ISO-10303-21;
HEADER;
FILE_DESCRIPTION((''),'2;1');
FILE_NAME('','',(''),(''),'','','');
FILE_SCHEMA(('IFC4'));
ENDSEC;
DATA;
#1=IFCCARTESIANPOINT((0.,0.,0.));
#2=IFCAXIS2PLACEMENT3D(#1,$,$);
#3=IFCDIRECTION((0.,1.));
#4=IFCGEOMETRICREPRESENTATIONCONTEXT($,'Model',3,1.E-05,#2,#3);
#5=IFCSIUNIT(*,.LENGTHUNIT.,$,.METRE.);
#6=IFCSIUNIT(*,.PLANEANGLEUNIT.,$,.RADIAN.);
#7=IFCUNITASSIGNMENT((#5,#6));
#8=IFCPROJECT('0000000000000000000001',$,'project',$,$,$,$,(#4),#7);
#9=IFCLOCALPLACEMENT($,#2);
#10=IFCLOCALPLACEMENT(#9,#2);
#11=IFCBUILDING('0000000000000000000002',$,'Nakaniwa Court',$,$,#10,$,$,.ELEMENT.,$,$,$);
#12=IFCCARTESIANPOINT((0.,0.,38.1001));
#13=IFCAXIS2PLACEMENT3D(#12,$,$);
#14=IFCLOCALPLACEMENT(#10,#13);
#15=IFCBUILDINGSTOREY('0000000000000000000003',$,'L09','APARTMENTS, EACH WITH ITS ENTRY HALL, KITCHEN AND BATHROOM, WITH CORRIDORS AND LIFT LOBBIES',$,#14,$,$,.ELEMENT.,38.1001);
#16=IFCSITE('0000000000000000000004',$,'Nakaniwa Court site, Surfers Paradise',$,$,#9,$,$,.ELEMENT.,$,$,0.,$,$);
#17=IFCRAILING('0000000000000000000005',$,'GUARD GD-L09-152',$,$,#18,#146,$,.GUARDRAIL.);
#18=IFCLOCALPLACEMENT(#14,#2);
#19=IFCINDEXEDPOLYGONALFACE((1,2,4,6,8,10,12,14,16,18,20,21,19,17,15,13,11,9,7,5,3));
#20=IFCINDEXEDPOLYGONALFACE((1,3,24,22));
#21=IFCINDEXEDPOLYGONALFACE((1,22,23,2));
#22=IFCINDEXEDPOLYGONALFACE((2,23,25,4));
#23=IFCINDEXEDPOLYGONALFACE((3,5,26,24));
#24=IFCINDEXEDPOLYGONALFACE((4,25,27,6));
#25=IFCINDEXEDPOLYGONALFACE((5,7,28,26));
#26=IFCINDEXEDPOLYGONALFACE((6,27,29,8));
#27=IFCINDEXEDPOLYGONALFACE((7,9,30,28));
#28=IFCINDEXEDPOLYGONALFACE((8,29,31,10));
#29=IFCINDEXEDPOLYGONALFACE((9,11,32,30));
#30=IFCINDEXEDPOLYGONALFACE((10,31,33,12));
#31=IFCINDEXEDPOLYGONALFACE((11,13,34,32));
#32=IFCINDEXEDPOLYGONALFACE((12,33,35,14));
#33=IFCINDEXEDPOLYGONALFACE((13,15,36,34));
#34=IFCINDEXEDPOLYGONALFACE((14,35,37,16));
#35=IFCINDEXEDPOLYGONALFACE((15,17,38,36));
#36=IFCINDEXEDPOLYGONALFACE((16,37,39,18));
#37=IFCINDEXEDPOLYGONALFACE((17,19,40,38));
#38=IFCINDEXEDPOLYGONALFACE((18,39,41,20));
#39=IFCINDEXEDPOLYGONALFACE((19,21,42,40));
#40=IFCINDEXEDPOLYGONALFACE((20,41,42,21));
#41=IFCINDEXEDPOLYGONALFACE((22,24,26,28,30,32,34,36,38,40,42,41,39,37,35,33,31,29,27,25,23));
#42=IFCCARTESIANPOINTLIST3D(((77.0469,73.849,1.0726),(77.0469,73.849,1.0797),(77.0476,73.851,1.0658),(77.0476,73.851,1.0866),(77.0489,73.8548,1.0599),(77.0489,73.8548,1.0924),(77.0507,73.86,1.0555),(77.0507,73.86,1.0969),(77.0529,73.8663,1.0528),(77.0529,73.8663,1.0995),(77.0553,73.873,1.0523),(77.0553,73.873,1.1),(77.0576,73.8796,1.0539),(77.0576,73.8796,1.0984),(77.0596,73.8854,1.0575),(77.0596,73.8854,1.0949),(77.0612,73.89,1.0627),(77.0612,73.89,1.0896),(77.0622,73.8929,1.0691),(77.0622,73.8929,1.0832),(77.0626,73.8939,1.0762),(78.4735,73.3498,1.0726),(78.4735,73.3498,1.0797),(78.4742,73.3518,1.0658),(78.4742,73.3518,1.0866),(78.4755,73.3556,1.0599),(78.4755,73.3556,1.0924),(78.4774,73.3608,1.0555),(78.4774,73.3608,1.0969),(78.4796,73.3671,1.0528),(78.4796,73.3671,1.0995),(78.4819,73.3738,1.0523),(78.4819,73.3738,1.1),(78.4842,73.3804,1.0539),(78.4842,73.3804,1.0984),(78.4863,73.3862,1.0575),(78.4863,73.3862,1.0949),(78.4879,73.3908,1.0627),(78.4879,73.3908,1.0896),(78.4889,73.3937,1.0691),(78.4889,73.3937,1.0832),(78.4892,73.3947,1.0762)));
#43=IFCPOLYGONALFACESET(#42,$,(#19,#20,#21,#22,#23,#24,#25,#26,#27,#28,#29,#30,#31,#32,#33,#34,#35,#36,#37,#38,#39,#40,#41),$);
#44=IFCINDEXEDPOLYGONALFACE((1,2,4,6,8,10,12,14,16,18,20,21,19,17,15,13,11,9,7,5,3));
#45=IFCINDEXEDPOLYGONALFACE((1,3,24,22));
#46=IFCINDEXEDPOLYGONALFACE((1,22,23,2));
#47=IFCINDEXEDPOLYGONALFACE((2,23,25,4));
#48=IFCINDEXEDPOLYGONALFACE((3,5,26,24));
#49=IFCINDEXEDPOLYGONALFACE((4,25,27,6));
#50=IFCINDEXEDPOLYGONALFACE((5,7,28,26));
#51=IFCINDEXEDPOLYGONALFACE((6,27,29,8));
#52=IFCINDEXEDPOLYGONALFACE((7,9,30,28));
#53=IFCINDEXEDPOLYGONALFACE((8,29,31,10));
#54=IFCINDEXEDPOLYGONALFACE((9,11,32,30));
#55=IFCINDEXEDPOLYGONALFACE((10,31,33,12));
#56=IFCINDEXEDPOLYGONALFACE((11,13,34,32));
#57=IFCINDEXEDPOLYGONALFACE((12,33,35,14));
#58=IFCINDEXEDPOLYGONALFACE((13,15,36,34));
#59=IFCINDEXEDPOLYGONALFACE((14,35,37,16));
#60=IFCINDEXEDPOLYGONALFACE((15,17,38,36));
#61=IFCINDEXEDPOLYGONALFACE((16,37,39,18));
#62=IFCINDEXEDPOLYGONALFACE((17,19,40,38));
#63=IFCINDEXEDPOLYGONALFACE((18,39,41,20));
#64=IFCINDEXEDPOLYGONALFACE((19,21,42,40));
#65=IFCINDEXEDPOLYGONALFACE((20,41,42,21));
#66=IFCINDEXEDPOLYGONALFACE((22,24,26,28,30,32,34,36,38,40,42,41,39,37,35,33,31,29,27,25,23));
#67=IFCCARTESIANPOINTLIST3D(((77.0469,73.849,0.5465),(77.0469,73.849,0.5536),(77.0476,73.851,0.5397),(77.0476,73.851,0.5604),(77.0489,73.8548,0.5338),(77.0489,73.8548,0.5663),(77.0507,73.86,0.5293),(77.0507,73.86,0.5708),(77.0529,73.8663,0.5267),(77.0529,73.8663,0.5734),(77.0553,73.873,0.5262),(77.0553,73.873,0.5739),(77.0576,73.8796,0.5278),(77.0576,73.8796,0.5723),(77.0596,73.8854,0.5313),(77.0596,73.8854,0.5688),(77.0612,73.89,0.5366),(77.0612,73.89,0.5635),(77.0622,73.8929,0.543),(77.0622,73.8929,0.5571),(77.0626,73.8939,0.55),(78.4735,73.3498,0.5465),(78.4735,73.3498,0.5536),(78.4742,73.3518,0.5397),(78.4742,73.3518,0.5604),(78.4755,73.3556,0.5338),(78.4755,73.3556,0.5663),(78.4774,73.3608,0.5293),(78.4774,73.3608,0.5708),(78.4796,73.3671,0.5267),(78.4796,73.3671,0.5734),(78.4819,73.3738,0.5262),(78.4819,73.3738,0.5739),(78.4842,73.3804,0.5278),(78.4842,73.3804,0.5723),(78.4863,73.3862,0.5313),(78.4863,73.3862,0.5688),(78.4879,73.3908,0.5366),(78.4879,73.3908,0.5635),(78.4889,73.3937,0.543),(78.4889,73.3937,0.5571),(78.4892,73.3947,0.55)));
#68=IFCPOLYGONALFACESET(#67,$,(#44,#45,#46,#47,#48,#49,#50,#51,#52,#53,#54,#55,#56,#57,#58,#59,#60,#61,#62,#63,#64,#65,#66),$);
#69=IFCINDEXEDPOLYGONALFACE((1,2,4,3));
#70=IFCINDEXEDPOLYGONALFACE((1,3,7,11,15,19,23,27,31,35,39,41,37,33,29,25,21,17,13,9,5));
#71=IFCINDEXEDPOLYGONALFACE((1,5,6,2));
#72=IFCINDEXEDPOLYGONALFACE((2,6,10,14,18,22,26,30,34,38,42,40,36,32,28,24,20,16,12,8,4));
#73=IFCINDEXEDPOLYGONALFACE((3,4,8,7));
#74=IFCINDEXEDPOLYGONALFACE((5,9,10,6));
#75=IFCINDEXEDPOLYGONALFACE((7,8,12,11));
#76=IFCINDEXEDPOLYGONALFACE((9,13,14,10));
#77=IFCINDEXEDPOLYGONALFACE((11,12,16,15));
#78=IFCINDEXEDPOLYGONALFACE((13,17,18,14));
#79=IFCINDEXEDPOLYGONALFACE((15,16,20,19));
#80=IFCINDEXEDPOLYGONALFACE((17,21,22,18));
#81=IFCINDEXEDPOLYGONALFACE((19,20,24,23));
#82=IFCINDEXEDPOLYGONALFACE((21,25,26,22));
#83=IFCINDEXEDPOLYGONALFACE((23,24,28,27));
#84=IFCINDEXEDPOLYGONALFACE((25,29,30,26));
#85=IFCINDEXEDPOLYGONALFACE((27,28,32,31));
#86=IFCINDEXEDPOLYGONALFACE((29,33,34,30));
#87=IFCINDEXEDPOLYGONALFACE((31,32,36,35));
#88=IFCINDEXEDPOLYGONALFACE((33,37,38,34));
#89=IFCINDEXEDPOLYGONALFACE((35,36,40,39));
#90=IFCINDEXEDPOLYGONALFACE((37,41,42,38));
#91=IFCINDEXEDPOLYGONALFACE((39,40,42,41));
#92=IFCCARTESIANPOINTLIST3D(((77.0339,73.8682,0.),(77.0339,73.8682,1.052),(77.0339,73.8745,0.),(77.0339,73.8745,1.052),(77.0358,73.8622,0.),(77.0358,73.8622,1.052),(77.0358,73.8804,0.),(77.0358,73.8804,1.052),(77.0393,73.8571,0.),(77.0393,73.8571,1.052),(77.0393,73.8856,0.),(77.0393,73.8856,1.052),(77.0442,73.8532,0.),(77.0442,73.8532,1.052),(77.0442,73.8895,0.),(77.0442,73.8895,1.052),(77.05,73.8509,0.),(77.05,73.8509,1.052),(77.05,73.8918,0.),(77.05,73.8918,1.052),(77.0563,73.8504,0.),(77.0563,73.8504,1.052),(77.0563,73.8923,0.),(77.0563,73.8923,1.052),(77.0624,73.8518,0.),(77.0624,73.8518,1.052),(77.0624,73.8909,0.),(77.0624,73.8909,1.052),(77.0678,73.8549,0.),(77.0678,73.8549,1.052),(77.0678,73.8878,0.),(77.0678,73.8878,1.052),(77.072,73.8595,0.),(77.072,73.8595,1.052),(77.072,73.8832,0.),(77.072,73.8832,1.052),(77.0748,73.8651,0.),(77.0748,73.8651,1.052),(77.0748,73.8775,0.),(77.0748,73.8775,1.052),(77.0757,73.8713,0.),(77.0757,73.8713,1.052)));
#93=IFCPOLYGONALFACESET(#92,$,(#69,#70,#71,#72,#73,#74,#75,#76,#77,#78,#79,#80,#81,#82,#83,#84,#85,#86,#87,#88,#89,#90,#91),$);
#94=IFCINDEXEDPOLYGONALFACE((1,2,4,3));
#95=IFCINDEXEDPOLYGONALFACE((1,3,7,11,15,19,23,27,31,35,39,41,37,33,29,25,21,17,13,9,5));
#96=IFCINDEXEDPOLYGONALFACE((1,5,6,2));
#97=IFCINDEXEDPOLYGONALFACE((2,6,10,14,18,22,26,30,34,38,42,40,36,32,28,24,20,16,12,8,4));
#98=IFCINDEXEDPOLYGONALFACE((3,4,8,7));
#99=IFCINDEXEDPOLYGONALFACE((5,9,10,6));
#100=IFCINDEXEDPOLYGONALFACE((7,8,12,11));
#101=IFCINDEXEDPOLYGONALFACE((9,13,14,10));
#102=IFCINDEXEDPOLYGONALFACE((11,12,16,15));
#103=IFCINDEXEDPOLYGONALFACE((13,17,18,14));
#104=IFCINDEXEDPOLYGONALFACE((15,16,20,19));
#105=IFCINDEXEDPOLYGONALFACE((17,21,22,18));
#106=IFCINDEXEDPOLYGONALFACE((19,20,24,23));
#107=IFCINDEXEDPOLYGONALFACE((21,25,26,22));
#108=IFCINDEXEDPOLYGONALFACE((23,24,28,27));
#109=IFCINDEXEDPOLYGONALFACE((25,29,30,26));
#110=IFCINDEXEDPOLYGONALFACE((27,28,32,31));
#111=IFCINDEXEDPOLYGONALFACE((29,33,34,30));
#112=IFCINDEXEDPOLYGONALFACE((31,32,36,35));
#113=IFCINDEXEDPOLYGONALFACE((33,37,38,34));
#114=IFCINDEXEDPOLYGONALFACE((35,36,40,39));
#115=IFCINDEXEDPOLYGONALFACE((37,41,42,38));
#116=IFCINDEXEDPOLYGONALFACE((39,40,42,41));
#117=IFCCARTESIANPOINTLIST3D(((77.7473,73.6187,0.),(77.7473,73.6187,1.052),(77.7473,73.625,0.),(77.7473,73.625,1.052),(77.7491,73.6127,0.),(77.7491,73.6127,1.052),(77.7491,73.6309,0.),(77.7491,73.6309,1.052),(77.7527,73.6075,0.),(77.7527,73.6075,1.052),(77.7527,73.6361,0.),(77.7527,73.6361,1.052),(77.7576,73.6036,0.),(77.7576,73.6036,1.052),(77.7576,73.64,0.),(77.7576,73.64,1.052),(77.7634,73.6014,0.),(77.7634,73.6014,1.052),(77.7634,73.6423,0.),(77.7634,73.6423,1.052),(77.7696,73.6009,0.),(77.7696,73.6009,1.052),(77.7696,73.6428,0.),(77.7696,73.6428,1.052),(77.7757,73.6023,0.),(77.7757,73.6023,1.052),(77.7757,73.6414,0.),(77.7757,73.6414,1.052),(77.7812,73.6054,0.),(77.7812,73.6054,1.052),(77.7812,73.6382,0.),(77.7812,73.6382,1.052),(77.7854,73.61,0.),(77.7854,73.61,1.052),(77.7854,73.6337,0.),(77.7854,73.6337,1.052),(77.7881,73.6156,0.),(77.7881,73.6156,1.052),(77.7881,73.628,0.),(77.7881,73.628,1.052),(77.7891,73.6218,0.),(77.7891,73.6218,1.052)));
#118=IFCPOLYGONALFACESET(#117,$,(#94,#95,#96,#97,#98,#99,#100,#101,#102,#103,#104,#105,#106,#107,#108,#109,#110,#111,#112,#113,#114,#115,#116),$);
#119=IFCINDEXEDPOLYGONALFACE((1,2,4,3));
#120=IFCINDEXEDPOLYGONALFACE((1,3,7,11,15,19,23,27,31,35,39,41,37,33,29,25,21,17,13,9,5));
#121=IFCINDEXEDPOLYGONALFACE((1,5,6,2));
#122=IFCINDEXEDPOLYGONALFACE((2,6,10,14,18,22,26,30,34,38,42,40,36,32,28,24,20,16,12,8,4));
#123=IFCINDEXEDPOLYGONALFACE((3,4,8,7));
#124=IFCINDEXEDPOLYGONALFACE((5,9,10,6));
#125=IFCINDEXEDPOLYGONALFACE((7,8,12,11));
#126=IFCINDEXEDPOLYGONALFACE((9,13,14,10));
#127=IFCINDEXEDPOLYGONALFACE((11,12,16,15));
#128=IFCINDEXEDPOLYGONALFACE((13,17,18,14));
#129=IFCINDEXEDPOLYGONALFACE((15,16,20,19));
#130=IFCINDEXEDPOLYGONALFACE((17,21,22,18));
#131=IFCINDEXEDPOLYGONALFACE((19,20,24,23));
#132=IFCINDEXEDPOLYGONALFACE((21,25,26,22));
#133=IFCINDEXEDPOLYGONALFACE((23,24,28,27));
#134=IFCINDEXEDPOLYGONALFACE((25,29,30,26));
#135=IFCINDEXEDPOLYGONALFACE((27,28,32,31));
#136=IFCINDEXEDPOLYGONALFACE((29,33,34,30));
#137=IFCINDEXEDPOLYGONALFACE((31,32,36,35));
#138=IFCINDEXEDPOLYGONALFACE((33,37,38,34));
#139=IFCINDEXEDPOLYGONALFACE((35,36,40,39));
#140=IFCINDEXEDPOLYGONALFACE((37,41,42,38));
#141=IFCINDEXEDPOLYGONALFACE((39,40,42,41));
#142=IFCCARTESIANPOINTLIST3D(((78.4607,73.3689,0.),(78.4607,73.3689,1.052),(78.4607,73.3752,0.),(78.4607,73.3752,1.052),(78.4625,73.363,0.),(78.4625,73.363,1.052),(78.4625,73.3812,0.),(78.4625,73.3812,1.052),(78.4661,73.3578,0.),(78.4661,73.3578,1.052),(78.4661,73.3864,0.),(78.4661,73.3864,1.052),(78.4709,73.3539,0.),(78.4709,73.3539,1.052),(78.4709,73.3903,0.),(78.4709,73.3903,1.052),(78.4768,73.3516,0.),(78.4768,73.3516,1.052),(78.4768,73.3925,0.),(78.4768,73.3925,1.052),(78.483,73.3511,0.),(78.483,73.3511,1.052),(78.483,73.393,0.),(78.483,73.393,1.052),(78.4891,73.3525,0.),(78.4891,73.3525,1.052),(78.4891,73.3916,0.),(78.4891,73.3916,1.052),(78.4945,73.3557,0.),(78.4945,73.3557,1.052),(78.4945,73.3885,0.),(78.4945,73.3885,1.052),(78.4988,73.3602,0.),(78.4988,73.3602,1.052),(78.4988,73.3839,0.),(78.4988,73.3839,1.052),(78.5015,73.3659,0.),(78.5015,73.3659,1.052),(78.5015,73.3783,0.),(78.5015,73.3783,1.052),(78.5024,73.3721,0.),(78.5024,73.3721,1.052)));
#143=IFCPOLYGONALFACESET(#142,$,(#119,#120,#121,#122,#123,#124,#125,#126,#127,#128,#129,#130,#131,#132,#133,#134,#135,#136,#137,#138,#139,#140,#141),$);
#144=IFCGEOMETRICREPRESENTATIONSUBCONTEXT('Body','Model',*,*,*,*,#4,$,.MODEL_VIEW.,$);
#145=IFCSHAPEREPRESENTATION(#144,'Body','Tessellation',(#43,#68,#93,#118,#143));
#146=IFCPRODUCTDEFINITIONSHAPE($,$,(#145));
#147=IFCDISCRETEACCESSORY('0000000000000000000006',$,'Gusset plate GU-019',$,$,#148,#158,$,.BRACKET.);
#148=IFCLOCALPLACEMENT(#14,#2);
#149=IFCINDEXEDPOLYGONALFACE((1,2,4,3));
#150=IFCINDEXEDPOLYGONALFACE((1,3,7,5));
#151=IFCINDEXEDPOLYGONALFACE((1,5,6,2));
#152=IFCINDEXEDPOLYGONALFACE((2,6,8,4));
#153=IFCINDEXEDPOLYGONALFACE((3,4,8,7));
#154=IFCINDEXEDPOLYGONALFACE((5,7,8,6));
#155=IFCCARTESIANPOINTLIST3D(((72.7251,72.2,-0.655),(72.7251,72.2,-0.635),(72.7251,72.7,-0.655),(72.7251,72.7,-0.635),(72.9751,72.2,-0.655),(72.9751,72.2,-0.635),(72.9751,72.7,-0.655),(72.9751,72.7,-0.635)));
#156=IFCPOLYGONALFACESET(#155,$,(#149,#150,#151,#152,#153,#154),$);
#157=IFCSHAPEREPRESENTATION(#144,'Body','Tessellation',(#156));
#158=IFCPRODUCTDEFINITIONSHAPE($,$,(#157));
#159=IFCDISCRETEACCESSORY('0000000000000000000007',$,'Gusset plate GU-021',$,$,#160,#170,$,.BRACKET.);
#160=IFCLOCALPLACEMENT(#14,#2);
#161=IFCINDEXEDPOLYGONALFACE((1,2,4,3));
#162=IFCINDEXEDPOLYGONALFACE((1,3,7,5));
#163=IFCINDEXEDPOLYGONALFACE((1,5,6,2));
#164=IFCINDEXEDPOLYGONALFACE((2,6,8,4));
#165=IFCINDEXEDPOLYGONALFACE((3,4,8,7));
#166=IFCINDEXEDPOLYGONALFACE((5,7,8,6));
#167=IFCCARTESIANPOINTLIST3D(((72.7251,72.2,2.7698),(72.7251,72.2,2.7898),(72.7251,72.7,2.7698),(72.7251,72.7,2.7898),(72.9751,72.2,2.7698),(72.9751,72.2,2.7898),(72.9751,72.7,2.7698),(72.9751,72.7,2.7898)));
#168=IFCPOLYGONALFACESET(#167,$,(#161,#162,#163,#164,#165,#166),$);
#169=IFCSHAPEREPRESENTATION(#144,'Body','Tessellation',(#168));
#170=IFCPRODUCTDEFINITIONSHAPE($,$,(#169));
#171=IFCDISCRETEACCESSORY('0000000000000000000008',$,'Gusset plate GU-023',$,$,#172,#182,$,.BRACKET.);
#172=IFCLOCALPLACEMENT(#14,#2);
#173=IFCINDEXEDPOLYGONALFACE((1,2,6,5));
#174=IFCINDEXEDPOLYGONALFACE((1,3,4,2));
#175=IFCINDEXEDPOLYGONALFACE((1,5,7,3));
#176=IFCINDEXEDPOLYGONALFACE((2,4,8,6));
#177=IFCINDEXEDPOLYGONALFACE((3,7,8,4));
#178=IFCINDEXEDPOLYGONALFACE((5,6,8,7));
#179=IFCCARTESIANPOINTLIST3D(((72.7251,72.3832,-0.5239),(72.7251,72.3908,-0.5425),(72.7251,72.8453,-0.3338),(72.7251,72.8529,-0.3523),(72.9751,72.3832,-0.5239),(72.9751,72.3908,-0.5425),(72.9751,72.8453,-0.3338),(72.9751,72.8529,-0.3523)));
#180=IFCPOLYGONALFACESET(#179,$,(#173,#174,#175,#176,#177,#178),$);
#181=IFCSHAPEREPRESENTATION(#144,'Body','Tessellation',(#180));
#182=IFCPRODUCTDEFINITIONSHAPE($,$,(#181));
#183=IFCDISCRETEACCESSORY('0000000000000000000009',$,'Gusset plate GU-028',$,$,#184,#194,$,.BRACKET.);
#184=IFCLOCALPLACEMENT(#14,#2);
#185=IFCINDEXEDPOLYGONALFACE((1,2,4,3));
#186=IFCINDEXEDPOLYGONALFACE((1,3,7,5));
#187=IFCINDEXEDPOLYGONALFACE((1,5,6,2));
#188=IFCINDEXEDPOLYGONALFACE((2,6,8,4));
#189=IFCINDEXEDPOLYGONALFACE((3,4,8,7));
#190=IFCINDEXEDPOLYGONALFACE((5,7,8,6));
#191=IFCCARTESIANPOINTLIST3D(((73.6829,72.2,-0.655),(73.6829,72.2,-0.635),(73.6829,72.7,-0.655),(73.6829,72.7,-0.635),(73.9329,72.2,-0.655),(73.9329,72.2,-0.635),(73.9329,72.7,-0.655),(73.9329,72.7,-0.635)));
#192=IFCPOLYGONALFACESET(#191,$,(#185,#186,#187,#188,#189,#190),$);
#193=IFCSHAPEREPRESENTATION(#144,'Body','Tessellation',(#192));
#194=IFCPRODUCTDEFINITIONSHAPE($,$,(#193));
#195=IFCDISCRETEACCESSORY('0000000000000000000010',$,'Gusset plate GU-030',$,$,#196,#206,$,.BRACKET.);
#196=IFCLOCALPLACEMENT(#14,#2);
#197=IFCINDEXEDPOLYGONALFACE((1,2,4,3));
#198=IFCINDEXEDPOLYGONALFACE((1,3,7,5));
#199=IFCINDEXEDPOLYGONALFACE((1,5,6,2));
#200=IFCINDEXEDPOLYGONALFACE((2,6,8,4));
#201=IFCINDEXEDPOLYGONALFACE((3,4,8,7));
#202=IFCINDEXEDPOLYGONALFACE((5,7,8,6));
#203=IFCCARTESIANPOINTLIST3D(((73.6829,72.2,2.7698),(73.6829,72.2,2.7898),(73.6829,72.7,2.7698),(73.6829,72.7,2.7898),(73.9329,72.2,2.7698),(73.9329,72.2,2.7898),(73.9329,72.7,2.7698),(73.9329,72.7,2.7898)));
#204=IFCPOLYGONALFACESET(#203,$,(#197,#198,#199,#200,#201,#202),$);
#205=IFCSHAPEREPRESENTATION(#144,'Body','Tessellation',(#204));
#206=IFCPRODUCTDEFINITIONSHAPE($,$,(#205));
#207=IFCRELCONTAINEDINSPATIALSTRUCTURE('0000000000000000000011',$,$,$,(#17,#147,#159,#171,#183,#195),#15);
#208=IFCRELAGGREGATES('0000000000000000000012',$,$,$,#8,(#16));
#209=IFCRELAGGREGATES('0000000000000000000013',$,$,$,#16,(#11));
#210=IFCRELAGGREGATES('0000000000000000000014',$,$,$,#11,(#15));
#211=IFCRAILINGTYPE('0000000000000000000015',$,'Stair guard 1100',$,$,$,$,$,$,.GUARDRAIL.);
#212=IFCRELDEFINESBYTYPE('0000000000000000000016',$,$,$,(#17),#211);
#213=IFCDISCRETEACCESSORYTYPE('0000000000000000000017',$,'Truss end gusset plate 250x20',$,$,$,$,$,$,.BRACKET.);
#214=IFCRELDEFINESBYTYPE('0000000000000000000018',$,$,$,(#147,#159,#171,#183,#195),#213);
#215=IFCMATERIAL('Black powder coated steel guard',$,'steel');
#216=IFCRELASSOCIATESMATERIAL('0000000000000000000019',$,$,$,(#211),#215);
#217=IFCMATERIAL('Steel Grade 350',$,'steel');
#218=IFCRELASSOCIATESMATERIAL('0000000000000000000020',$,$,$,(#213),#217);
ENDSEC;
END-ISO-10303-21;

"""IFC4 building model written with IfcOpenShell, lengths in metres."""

from ifc_helpers import new_model, si_unit, direction, frame, origin, origin_2d, place, context, subcontext, project, spatial, rectangle, circle, extrude, material, material_profile, profile_set, type_object, element, save


model = new_model("IFC4")

# Units and contexts
model_context = context("Model", 3, precision=1e-05, world=origin(), true_north=direction((0.0, 1.0)))
body_context = subcontext(model_context, "Body", "Model", "MODEL_VIEW")
ifc_project = project(units=[si_unit("LENGTHUNIT", "METRE"), si_unit("PLANEANGLEUNIT", "RADIAN")], contexts=[model_context])

# Site, building, storey
site_placement = place(None, origin())
site = spatial("IfcSite", under=ifc_project, at=site_placement, Name="Nakaniwa Court site, Surfers Paradise", CompositionType="ELEMENT", RefElevation=0.0)
building_placement = place(site_placement, origin())
building = spatial("IfcBuilding", under=site, at=building_placement, Name="Nakaniwa Court", CompositionType="ELEMENT")
storey_placement = place(building_placement, frame((0.0, 0.0, 38.1001)))
storey = spatial("IfcBuildingStorey", under=building, at=storey_placement, Name="L09", Description="APARTMENTS, EACH WITH ITS ENTRY HALL, KITCHEN AND BATHROOM, WITH CORRIDORS AND LIFT LOBBIES", CompositionType="ELEMENT", Elevation=38.1001)

# Shared definitions
ifc_material_1 = material(Name="Steel Grade 350", Category="steel")

# Railing
ifc_material_2 = material(Name="Black powder coated steel guard", Category="steel")
railing_type = type_object("IfcRailingType", Name="Stair guard 1100", PredefinedType="GUARDRAIL", material=ifc_material_2)
railing_1_placement = place(storey_placement, frame((77.0547, 73.8713, 0.0)))
element("IfcRailing", 1, at=railing_1_placement, inside=storey, type_object=railing_type, Name="GUARD GD-L09-152", PredefinedType="GUARDRAIL", context=body_context, shape_type="SweptSolid", body=[
    extrude(circle(Radius=0.0239, at=origin_2d()), frame((0.0, 0.0, 1.0762), z_axis=(0.943878, -0.330293, 0.0), x_axis=(0.330293, 0.943878, 0.0)), (0.0, 0.0, 1.0), 1.5115),
    extrude(circle(Radius=0.0239, at=origin_2d()), frame((0.0, 0.0, 0.55), z_axis=(0.943878, -0.330293, 0.0), x_axis=(0.330293, 0.943878, 0.0)), (0.0, 0.0, 1.0), 1.5115),
    extrude(circle(Radius=0.021, at=origin_2d()), origin(), (0.0, 0.0, 1.0), 1.052),
    extrude(circle(Radius=0.021, at=origin_2d()), frame((0.7134, -0.2495, 0.0)), (0.0, 0.0, 1.0), 1.052),
    extrude(circle(Radius=0.021, at=origin_2d()), frame((1.4268, -0.4993, 0.0)), (0.0, 0.0, 1.0), 1.052),
])

# Discrete accessories
ifc_material_profile_1 = material_profile(ifc_material_1, rectangle(XDim=0.25, YDim=0.02, at=origin_2d()), Name="Truss end gusset plate 250x20")
ifc_profile_set_1 = profile_set([ifc_material_profile_1], Name="Steel Grade 350")
discrete_accessory_type = type_object("IfcDiscreteAccessoryType", Name="Truss end gusset plate 250x20", PredefinedType="BRACKET", material=ifc_profile_set_1)
for number, where, z_axis, x_axis, name in (
    (2, (72.8501, 72.7, -0.645), (0.0, -1.0, 0.0), (1.0, 0.0, 0.0), "Gusset plate GU-019"),
    (3, (72.8501, 72.7, 2.7798), (0.0, -1.0, 0.0), (1.0, 0.0, 0.0), "Gusset plate GU-021"),
):
    element("IfcDiscreteAccessory", number, at=place(storey_placement, frame(where, z_axis=z_axis, x_axis=x_axis)), inside=storey, type_object=discrete_accessory_type, Name=name, PredefinedType="BRACKET", context=body_context, shape_type="SweptSolid", body=[
        extrude(rectangle(XDim=0.25, YDim=0.02, at=origin_2d()), origin(), (0.0, 0.0, 1.0), 0.5),
    ])
discrete_accessory_1_placement = place(storey_placement, frame((72.8501, 72.8491, -0.343), z_axis=(0.0, -0.924759, -0.380553), x_axis=(1.0, 0.0, 0.0)))
element("IfcDiscreteAccessory", 4, at=discrete_accessory_1_placement, inside=storey, type_object=discrete_accessory_type, Name="Gusset plate GU-023", PredefinedType="BRACKET", context=body_context, shape_type="SweptSolid", body=[
    extrude(rectangle(XDim=0.25, YDim=0.02, at=origin_2d()), origin(), (0.0, 0.0, 1.0), 0.4998),
])
for number, where, z_axis, x_axis, name in (
    (5, (73.8079, 72.7, -0.645), (0.0, -1.0, 0.0), (1.0, 0.0, 0.0), "Gusset plate GU-028"),
    (6, (73.8079, 72.7, 2.7798), (0.0, -1.0, 0.0), (1.0, 0.0, 0.0), "Gusset plate GU-030"),
):
    element("IfcDiscreteAccessory", number, at=place(storey_placement, frame(where, z_axis=z_axis, x_axis=x_axis)), inside=storey, type_object=discrete_accessory_type, Name=name, PredefinedType="BRACKET", context=body_context, shape_type="SweptSolid", body=[
        extrude(rectangle(XDim=0.25, YDim=0.02, at=origin_2d()), origin(), (0.0, 0.0, 1.0), 0.5),
    ])

save(model, "model.ifc")
